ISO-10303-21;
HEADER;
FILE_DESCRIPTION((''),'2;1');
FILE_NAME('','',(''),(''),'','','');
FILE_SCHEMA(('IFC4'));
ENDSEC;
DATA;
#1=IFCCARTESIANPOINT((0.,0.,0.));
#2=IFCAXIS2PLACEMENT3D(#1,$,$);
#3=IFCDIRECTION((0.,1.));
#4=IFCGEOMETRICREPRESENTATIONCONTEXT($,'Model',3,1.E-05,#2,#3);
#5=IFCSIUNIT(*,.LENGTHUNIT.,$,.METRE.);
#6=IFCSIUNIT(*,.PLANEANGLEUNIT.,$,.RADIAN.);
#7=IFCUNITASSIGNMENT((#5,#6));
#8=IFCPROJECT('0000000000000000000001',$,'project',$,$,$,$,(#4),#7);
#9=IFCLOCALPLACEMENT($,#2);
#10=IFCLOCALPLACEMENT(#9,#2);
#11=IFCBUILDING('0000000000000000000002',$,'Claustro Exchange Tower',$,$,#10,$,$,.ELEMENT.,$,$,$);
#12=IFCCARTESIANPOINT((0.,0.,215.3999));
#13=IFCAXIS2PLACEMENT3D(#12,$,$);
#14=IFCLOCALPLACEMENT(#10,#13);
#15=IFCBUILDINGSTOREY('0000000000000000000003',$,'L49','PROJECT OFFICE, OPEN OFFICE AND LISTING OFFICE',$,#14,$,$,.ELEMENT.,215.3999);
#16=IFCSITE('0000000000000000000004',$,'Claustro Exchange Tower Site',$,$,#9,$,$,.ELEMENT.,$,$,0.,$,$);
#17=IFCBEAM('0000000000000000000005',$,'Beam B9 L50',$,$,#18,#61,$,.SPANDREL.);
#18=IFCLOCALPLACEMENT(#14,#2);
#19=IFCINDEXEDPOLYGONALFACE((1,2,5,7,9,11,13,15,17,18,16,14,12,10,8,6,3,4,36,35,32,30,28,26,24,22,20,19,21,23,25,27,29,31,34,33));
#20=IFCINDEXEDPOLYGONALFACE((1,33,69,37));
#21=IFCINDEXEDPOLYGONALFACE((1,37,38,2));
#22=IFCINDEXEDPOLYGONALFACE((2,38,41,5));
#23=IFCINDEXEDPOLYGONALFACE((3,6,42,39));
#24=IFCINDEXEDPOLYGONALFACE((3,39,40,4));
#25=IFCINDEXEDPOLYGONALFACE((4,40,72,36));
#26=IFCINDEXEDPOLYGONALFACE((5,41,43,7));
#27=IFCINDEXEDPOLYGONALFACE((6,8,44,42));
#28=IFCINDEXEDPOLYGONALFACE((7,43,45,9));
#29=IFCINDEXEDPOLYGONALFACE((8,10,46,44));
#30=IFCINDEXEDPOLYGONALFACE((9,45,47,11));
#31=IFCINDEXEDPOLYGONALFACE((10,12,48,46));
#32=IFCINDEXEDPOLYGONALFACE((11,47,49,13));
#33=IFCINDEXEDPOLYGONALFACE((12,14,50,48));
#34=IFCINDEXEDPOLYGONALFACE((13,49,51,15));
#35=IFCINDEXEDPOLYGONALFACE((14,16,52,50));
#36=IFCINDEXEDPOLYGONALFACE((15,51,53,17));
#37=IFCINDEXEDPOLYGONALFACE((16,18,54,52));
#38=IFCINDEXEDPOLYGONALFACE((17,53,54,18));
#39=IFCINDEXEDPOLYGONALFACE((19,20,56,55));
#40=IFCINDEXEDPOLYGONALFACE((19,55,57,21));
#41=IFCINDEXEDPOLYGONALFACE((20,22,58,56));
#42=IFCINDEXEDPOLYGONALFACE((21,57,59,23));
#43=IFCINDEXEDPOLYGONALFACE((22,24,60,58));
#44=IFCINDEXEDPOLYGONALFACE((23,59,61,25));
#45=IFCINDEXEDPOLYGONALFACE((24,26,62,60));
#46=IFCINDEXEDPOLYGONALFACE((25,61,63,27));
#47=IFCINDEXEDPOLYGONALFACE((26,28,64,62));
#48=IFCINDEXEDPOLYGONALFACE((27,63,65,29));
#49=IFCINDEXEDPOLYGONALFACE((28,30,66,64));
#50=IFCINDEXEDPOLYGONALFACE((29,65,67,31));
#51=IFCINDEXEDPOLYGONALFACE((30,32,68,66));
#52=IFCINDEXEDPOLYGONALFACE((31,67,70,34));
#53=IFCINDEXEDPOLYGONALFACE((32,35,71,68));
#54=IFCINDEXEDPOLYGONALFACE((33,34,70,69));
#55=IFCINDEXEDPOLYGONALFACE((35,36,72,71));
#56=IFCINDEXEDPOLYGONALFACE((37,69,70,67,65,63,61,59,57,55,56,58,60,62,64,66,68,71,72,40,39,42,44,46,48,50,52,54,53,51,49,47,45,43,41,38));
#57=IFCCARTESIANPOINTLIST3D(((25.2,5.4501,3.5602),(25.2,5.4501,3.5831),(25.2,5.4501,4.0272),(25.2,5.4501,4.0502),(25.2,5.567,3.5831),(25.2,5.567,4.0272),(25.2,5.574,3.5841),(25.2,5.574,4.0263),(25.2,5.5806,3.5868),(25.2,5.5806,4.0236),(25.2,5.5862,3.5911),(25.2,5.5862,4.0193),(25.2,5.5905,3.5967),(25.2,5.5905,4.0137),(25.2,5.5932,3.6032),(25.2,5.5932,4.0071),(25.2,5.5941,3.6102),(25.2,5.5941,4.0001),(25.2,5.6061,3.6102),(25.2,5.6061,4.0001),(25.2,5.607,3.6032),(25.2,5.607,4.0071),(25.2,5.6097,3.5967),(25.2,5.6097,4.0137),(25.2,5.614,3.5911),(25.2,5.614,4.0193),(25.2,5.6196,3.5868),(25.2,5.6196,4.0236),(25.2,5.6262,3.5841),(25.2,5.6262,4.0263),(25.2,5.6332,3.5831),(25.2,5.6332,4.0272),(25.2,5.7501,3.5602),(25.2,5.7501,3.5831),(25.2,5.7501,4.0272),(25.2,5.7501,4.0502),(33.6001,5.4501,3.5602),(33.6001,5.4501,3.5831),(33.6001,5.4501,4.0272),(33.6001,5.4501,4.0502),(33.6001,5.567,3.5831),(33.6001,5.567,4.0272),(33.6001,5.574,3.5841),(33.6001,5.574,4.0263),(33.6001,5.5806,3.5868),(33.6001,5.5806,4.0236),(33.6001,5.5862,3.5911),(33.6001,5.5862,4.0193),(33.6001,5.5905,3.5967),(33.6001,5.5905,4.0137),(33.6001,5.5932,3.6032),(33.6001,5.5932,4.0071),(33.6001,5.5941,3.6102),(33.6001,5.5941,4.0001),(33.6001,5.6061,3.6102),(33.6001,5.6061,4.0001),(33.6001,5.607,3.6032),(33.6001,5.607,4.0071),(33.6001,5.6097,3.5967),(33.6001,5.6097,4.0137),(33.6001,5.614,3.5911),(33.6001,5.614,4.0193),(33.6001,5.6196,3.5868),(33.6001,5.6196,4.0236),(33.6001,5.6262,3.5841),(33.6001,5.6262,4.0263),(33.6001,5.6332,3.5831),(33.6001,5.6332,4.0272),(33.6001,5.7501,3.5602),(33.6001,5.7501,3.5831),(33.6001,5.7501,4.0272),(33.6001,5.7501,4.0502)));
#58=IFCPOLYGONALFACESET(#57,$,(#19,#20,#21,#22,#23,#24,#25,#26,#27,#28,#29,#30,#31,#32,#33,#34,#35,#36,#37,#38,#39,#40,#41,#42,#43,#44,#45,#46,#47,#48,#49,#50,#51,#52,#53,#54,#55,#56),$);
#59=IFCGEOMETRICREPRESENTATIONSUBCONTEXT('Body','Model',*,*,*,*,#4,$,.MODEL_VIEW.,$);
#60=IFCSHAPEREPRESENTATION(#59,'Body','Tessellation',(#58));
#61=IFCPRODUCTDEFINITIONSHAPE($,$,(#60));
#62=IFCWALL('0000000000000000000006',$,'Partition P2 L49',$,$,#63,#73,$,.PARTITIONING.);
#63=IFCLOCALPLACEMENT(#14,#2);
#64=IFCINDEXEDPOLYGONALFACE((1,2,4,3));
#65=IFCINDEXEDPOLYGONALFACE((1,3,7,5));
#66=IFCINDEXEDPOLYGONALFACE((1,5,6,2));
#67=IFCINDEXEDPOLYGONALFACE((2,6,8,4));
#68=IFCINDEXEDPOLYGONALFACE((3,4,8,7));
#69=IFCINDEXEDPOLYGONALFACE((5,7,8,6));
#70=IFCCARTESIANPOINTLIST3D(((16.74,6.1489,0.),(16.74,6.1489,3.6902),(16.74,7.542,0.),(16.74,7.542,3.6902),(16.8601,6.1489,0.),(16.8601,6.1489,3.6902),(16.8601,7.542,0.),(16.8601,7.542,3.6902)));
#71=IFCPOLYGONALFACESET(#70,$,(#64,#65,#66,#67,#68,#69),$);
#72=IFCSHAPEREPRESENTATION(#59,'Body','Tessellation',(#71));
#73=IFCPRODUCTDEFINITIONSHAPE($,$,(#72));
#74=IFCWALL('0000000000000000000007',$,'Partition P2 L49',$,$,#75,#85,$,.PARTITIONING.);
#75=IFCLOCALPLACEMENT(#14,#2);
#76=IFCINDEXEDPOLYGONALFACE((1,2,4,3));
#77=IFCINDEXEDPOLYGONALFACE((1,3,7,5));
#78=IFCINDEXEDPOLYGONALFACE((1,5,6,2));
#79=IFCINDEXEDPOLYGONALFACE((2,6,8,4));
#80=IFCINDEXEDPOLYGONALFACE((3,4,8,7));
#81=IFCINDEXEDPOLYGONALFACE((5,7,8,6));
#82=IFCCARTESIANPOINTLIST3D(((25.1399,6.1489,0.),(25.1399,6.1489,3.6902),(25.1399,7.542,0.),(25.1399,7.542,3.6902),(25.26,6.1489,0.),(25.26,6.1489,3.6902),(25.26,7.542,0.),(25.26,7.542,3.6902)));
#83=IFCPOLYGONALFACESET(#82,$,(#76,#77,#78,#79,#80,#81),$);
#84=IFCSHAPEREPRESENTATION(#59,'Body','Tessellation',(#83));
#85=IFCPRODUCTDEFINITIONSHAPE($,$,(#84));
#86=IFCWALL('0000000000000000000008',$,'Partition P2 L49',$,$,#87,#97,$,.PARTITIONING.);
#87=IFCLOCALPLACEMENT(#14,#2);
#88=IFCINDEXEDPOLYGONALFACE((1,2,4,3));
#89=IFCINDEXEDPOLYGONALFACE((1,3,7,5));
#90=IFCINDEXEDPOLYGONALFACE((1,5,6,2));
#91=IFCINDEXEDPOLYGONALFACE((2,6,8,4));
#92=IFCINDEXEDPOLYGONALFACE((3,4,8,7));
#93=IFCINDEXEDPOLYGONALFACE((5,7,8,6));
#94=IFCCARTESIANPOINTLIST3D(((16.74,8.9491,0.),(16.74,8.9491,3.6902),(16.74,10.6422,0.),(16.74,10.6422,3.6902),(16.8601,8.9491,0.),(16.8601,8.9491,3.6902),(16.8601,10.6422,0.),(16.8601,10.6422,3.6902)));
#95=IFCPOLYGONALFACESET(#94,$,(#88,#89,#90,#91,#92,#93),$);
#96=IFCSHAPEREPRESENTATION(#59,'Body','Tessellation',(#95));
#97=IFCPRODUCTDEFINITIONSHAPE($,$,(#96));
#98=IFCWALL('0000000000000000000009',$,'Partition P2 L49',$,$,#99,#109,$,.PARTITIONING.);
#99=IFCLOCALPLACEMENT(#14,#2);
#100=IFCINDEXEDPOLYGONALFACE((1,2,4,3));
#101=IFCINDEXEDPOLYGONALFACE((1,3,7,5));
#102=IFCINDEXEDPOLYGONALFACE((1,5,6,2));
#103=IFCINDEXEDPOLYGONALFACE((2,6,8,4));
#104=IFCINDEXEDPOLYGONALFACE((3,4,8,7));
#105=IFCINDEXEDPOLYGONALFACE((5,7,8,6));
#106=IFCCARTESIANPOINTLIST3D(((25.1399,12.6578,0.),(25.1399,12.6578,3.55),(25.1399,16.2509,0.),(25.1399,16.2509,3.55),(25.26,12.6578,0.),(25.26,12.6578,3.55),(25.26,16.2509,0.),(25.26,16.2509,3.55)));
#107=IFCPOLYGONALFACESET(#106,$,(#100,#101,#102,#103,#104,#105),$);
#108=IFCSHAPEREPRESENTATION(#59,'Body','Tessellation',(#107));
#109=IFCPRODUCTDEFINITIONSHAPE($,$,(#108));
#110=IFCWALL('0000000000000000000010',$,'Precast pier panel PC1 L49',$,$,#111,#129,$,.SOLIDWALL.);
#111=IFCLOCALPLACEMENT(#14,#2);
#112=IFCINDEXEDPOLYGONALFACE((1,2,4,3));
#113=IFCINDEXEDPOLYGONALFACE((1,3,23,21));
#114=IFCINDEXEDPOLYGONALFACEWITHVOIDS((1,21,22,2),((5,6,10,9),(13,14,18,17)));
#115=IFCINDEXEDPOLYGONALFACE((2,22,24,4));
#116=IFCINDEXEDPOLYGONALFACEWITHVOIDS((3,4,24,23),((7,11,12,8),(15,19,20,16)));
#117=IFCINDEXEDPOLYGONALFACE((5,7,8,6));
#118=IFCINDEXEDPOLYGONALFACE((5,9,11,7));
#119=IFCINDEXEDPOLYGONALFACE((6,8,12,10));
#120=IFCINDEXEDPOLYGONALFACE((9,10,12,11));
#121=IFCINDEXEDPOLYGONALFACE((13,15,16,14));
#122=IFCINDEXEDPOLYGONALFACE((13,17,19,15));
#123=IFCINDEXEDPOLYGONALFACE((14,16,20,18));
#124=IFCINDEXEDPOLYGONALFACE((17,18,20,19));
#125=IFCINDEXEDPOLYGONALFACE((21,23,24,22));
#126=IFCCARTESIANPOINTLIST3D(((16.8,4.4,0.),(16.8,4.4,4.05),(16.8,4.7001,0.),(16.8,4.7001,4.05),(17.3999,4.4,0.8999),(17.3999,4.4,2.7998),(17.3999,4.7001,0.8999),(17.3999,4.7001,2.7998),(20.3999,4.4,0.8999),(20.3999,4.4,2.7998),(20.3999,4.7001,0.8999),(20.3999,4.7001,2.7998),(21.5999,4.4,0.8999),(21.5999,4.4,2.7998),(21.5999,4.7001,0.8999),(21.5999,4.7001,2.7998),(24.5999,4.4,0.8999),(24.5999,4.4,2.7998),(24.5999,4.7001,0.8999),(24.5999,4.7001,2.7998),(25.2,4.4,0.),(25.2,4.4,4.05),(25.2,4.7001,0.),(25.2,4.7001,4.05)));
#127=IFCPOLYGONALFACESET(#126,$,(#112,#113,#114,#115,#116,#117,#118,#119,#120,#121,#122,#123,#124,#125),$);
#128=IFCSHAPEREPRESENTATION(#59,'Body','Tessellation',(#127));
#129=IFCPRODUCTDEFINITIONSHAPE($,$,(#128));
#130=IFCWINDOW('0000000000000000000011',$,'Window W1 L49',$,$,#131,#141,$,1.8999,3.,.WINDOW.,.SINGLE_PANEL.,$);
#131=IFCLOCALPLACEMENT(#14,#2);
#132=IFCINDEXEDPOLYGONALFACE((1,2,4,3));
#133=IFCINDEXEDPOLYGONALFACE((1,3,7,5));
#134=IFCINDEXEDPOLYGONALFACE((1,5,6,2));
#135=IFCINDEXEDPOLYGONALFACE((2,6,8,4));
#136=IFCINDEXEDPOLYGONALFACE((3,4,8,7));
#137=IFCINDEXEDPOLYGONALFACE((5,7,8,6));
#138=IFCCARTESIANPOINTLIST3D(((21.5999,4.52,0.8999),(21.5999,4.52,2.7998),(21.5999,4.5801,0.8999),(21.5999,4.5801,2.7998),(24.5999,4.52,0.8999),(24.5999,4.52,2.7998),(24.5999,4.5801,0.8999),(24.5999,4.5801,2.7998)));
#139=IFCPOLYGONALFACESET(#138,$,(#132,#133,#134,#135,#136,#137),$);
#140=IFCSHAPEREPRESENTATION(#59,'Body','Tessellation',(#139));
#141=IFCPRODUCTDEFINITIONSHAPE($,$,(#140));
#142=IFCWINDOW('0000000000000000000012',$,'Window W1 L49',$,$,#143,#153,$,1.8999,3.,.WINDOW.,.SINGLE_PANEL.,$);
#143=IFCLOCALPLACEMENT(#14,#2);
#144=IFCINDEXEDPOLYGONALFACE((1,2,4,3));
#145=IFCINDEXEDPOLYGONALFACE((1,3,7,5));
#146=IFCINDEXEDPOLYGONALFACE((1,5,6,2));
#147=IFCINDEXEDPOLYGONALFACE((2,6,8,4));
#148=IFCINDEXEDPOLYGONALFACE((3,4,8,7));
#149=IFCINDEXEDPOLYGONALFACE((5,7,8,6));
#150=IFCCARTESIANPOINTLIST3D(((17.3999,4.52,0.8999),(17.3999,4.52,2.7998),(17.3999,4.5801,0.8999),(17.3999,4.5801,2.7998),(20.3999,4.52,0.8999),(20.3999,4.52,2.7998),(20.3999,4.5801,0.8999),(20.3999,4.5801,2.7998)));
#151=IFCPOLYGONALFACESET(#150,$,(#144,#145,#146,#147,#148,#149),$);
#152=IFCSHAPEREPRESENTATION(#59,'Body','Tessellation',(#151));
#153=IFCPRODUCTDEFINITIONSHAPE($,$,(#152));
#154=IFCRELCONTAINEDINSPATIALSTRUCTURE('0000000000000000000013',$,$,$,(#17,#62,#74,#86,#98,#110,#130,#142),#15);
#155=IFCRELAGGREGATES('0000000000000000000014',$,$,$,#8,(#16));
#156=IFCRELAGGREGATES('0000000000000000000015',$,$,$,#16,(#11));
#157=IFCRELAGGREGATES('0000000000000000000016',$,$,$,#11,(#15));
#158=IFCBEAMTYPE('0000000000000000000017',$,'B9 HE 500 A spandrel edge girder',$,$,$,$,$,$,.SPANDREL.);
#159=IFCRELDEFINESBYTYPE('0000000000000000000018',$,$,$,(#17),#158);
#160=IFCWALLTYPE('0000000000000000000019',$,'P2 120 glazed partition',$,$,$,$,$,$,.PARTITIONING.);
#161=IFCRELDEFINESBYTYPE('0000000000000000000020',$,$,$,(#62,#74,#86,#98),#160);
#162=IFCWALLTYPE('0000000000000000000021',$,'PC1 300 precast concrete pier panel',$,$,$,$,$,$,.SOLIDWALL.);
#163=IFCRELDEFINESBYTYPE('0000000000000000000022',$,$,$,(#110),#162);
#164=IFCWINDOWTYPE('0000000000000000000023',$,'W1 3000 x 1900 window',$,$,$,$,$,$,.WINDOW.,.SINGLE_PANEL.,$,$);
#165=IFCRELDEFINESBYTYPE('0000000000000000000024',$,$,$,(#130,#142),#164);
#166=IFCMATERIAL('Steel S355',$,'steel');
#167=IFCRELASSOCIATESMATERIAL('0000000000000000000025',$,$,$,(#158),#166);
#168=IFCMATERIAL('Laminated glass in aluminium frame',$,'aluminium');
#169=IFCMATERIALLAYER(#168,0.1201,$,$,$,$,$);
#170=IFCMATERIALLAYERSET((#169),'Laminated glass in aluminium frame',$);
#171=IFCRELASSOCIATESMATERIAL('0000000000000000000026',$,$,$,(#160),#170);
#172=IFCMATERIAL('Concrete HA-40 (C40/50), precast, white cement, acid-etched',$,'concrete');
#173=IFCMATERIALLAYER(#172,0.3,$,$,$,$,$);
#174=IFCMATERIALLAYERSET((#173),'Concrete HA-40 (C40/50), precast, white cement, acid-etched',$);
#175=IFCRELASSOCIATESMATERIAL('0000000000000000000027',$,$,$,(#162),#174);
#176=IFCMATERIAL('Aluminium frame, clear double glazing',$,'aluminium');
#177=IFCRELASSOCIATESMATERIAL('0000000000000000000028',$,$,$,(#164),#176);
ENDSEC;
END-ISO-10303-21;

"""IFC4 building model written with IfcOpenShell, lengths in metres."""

from ifc_helpers import new_model, si_unit, direction, frame, frame_2d, origin, origin_2d, place, context, subcontext, project, spatial, rectangle, i_section, extrude, material, layer, layer_set, material_profile, profile_set, type_object, element, fill, save


model = new_model("IFC4")

# Units and contexts
model_context = context("Model", 3, precision=1e-05, world=origin(), true_north=direction((0.0, 1.0)))
body_context = subcontext(model_context, "Body", "Model", "MODEL_VIEW")
ifc_project = project(units=[si_unit("LENGTHUNIT", "METRE"), si_unit("PLANEANGLEUNIT", "RADIAN")], contexts=[model_context])

# Site, building, storey
site_placement = place(None, origin())
site = spatial("IfcSite", under=ifc_project, at=site_placement, Name="Claustro Exchange Tower Site", CompositionType="ELEMENT", RefElevation=0.0)
building_placement = place(site_placement, origin())
building = spatial("IfcBuilding", under=site, at=building_placement, Name="Claustro Exchange Tower", CompositionType="ELEMENT")
storey_placement = place(building_placement, frame((0.0, 0.0, 215.3999)))
storey = spatial("IfcBuildingStorey", under=building, at=storey_placement, Name="L49", Description="PROJECT OFFICE, OPEN OFFICE AND LISTING OFFICE", CompositionType="ELEMENT", Elevation=215.3999)

# Beam
ifc_material_1 = material(Name="Steel S355", Category="steel")
ifc_material_profile_1 = material_profile(ifc_material_1, i_section(OverallWidth=0.3, OverallDepth=0.49, WebThickness=0.012, FlangeThickness=0.0229, FilletRadius=0.0271, at=origin_2d()), Name="HE 500 A")
ifc_profile_set_1 = profile_set([ifc_material_profile_1], Name="Steel S355")
beam_type_1 = type_object("IfcBeamType", Name="B9 HE 500 A spandrel edge girder", PredefinedType="SPANDREL", material=ifc_profile_set_1)
beam_1_placement = place(storey_placement, frame((25.2, 5.6001, 3.8052), z_axis=(1.0, 0.0, 0.0), x_axis=(0.0, 1.0, 0.0)))
element("IfcBeam", 1, at=beam_1_placement, inside=storey, type_object=beam_type_1, Name="Beam B9 L50", PredefinedType="SPANDREL", context=body_context, shape_type="SweptSolid", body=[
    extrude(i_section(OverallWidth=0.3, OverallDepth=0.49, WebThickness=0.012, FlangeThickness=0.0229, FilletRadius=0.0271, at=origin_2d()), origin(), (0.0, 0.0, 1.0), 8.4001),
])

# Walls
ifc_material_2 = material(Name="Laminated glass in aluminium frame", Category="aluminium")
ifc_layer_1 = layer(ifc_material_2, 0.1201)
ifc_layer_set_1 = layer_set([ifc_layer_1], Name="Laminated glass in aluminium frame")
wall_type_1 = type_object("IfcWallType", Name="P2 120 glazed partition", PredefinedType="PARTITIONING", material=ifc_layer_set_1)
for number, where, z_axis, x_axis, name in (
    (2, (16.8, 6.1489, 0.0), (0.0, 0.0, 1.0), (0.0, 1.0, 0.0), "Partition P2 L49"),
    (3, (25.2, 6.1489, 0.0), (0.0, 0.0, 1.0), (0.0, 1.0, 0.0), "Partition P2 L49"),
):
    element("IfcWall", number, at=place(storey_placement, frame(where, z_axis=z_axis, x_axis=x_axis)), inside=storey, type_object=wall_type_1, Name=name, PredefinedType="PARTITIONING", context=body_context, shape_type="SweptSolid", body=[
        extrude(rectangle(XDim=1.3931, YDim=0.1201, at=frame_2d((0.6965, 0.0))), origin(), (0.0, 0.0, 1.0), 3.6902),
    ])
wall_1_placement = place(storey_placement, frame((16.8, 8.949, 0.0), z_axis=(0.0, 0.0, 1.0), x_axis=(0.0, 1.0, 0.0)))
element("IfcWall", 4, at=wall_1_placement, inside=storey, type_object=wall_type_1, Name="Partition P2 L49", PredefinedType="PARTITIONING", context=body_context, shape_type="SweptSolid", body=[
    extrude(rectangle(XDim=1.6931, YDim=0.1201, at=frame_2d((0.8467, 0.0))), origin(), (0.0, 0.0, 1.0), 3.6902),
])
wall_2_placement = place(storey_placement, frame((25.2, 12.658, 0.0), z_axis=(0.0, 0.0, 1.0), x_axis=(0.0, 1.0, 0.0)))
element("IfcWall", 5, at=wall_2_placement, inside=storey, type_object=wall_type_1, Name="Partition P2 L49", PredefinedType="PARTITIONING", context=body_context, shape_type="SweptSolid", body=[
    extrude(rectangle(XDim=3.593, YDim=0.1201, at=frame_2d((1.7964, 0.0))), origin(), (0.0, 0.0, 1.0), 3.55),
])

# Wall, openings, windows
ifc_material_3 = material(Name="Concrete HA-40 (C40/50), precast, white cement, acid-etched", Category="concrete")
ifc_layer_2 = layer(ifc_material_3, 0.3)
ifc_layer_set_2 = layer_set([ifc_layer_2], Name="Concrete HA-40 (C40/50), precast, white cement, acid-etched")
wall_type_2 = type_object("IfcWallType", Name="PC1 300 precast concrete pier panel", PredefinedType="SOLIDWALL", material=ifc_layer_set_2)
wall_3_placement = place(storey_placement, frame((25.2, 4.55, 0.0), z_axis=(0.0, 0.0, 1.0), x_axis=(-1.0, 0.0, 0.0)))
wall_3 = element("IfcWall", 6, at=wall_3_placement, inside=storey, type_object=wall_type_2, Name="Precast pier panel PC1 L49", PredefinedType="SOLIDWALL", context=body_context, shape_type="SweptSolid", body=[
    extrude(rectangle(XDim=8.3999, YDim=0.3, at=frame_2d((4.2, 0.0))), origin(), (0.0, 0.0, 1.0), 4.05),
])
opening_1_placement = place(wall_3_placement, frame((0.6001, 0.0, 0.8999)))
opening_1 = element("IfcOpeningElement", 7, at=opening_1_placement, cuts=wall_3, PredefinedType="OPENING", context=body_context, shape_type="SweptSolid", body=[
    extrude(rectangle(XDim=3.0, YDim=1.8999, at=frame_2d((1.5, 0.95))), frame((0.0, 0.1599, 0.0), z_axis=(0.0, -1.0, 0.0), x_axis=(1.0, 0.0, 0.0)), (0.0, 0.0, 1.0), 0.3201),
])
opening_2_placement = place(wall_3_placement, frame((4.8, 0.0, 0.8999)))
opening_2 = element("IfcOpeningElement", 8, at=opening_2_placement, cuts=wall_3, PredefinedType="OPENING", context=body_context, shape_type="SweptSolid", body=[
    extrude(rectangle(XDim=3.0, YDim=1.8999, at=frame_2d((1.5, 0.95))), frame((0.0, 0.1599, 0.0), z_axis=(0.0, -1.0, 0.0), x_axis=(1.0, 0.0, 0.0)), (0.0, 0.0, 1.0), 0.3201),
])
ifc_material_4 = material(Name="Aluminium frame, clear double glazing", Category="aluminium")
window_type_1 = type_object("IfcWindowType", Name="W1 3000 x 1900 window", PartitioningType="SINGLE_PANEL", PredefinedType="WINDOW", material=ifc_material_4)
window_1_placement = place(opening_1_placement, origin())
window_1 = element("IfcWindow", 9, at=window_1_placement, inside=storey, type_object=window_type_1, Name="Window W1 L49", OverallHeight=1.8999, OverallWidth=3.0, PartitioningType="SINGLE_PANEL", PredefinedType="WINDOW", context=body_context, shape_type="SweptSolid", body=[
    extrude(rectangle(XDim=3.0, YDim=1.8999, at=frame_2d((1.5, 0.95))), frame((0.0, 0.03, 0.0), z_axis=(0.0, -1.0, 0.0), x_axis=(1.0, 0.0, 0.0)), (0.0, 0.0, 1.0), 0.0601),
])
fill(opening_1, window_1)
window_2_placement = place(opening_2_placement, origin())
window_2 = element("IfcWindow", 10, at=window_2_placement, inside=storey, type_object=window_type_1, Name="Window W1 L49", OverallHeight=1.8999, OverallWidth=3.0, PartitioningType="SINGLE_PANEL", PredefinedType="WINDOW", context=body_context, shape_type="SweptSolid", body=[
    extrude(rectangle(XDim=3.0, YDim=1.8999, at=frame_2d((1.5, 0.95))), frame((0.0, 0.03, 0.0), z_axis=(0.0, -1.0, 0.0), x_axis=(1.0, 0.0, 0.0)), (0.0, 0.0, 1.0), 0.0601),
])
fill(opening_2, window_2)

save(model, "model.ifc")
